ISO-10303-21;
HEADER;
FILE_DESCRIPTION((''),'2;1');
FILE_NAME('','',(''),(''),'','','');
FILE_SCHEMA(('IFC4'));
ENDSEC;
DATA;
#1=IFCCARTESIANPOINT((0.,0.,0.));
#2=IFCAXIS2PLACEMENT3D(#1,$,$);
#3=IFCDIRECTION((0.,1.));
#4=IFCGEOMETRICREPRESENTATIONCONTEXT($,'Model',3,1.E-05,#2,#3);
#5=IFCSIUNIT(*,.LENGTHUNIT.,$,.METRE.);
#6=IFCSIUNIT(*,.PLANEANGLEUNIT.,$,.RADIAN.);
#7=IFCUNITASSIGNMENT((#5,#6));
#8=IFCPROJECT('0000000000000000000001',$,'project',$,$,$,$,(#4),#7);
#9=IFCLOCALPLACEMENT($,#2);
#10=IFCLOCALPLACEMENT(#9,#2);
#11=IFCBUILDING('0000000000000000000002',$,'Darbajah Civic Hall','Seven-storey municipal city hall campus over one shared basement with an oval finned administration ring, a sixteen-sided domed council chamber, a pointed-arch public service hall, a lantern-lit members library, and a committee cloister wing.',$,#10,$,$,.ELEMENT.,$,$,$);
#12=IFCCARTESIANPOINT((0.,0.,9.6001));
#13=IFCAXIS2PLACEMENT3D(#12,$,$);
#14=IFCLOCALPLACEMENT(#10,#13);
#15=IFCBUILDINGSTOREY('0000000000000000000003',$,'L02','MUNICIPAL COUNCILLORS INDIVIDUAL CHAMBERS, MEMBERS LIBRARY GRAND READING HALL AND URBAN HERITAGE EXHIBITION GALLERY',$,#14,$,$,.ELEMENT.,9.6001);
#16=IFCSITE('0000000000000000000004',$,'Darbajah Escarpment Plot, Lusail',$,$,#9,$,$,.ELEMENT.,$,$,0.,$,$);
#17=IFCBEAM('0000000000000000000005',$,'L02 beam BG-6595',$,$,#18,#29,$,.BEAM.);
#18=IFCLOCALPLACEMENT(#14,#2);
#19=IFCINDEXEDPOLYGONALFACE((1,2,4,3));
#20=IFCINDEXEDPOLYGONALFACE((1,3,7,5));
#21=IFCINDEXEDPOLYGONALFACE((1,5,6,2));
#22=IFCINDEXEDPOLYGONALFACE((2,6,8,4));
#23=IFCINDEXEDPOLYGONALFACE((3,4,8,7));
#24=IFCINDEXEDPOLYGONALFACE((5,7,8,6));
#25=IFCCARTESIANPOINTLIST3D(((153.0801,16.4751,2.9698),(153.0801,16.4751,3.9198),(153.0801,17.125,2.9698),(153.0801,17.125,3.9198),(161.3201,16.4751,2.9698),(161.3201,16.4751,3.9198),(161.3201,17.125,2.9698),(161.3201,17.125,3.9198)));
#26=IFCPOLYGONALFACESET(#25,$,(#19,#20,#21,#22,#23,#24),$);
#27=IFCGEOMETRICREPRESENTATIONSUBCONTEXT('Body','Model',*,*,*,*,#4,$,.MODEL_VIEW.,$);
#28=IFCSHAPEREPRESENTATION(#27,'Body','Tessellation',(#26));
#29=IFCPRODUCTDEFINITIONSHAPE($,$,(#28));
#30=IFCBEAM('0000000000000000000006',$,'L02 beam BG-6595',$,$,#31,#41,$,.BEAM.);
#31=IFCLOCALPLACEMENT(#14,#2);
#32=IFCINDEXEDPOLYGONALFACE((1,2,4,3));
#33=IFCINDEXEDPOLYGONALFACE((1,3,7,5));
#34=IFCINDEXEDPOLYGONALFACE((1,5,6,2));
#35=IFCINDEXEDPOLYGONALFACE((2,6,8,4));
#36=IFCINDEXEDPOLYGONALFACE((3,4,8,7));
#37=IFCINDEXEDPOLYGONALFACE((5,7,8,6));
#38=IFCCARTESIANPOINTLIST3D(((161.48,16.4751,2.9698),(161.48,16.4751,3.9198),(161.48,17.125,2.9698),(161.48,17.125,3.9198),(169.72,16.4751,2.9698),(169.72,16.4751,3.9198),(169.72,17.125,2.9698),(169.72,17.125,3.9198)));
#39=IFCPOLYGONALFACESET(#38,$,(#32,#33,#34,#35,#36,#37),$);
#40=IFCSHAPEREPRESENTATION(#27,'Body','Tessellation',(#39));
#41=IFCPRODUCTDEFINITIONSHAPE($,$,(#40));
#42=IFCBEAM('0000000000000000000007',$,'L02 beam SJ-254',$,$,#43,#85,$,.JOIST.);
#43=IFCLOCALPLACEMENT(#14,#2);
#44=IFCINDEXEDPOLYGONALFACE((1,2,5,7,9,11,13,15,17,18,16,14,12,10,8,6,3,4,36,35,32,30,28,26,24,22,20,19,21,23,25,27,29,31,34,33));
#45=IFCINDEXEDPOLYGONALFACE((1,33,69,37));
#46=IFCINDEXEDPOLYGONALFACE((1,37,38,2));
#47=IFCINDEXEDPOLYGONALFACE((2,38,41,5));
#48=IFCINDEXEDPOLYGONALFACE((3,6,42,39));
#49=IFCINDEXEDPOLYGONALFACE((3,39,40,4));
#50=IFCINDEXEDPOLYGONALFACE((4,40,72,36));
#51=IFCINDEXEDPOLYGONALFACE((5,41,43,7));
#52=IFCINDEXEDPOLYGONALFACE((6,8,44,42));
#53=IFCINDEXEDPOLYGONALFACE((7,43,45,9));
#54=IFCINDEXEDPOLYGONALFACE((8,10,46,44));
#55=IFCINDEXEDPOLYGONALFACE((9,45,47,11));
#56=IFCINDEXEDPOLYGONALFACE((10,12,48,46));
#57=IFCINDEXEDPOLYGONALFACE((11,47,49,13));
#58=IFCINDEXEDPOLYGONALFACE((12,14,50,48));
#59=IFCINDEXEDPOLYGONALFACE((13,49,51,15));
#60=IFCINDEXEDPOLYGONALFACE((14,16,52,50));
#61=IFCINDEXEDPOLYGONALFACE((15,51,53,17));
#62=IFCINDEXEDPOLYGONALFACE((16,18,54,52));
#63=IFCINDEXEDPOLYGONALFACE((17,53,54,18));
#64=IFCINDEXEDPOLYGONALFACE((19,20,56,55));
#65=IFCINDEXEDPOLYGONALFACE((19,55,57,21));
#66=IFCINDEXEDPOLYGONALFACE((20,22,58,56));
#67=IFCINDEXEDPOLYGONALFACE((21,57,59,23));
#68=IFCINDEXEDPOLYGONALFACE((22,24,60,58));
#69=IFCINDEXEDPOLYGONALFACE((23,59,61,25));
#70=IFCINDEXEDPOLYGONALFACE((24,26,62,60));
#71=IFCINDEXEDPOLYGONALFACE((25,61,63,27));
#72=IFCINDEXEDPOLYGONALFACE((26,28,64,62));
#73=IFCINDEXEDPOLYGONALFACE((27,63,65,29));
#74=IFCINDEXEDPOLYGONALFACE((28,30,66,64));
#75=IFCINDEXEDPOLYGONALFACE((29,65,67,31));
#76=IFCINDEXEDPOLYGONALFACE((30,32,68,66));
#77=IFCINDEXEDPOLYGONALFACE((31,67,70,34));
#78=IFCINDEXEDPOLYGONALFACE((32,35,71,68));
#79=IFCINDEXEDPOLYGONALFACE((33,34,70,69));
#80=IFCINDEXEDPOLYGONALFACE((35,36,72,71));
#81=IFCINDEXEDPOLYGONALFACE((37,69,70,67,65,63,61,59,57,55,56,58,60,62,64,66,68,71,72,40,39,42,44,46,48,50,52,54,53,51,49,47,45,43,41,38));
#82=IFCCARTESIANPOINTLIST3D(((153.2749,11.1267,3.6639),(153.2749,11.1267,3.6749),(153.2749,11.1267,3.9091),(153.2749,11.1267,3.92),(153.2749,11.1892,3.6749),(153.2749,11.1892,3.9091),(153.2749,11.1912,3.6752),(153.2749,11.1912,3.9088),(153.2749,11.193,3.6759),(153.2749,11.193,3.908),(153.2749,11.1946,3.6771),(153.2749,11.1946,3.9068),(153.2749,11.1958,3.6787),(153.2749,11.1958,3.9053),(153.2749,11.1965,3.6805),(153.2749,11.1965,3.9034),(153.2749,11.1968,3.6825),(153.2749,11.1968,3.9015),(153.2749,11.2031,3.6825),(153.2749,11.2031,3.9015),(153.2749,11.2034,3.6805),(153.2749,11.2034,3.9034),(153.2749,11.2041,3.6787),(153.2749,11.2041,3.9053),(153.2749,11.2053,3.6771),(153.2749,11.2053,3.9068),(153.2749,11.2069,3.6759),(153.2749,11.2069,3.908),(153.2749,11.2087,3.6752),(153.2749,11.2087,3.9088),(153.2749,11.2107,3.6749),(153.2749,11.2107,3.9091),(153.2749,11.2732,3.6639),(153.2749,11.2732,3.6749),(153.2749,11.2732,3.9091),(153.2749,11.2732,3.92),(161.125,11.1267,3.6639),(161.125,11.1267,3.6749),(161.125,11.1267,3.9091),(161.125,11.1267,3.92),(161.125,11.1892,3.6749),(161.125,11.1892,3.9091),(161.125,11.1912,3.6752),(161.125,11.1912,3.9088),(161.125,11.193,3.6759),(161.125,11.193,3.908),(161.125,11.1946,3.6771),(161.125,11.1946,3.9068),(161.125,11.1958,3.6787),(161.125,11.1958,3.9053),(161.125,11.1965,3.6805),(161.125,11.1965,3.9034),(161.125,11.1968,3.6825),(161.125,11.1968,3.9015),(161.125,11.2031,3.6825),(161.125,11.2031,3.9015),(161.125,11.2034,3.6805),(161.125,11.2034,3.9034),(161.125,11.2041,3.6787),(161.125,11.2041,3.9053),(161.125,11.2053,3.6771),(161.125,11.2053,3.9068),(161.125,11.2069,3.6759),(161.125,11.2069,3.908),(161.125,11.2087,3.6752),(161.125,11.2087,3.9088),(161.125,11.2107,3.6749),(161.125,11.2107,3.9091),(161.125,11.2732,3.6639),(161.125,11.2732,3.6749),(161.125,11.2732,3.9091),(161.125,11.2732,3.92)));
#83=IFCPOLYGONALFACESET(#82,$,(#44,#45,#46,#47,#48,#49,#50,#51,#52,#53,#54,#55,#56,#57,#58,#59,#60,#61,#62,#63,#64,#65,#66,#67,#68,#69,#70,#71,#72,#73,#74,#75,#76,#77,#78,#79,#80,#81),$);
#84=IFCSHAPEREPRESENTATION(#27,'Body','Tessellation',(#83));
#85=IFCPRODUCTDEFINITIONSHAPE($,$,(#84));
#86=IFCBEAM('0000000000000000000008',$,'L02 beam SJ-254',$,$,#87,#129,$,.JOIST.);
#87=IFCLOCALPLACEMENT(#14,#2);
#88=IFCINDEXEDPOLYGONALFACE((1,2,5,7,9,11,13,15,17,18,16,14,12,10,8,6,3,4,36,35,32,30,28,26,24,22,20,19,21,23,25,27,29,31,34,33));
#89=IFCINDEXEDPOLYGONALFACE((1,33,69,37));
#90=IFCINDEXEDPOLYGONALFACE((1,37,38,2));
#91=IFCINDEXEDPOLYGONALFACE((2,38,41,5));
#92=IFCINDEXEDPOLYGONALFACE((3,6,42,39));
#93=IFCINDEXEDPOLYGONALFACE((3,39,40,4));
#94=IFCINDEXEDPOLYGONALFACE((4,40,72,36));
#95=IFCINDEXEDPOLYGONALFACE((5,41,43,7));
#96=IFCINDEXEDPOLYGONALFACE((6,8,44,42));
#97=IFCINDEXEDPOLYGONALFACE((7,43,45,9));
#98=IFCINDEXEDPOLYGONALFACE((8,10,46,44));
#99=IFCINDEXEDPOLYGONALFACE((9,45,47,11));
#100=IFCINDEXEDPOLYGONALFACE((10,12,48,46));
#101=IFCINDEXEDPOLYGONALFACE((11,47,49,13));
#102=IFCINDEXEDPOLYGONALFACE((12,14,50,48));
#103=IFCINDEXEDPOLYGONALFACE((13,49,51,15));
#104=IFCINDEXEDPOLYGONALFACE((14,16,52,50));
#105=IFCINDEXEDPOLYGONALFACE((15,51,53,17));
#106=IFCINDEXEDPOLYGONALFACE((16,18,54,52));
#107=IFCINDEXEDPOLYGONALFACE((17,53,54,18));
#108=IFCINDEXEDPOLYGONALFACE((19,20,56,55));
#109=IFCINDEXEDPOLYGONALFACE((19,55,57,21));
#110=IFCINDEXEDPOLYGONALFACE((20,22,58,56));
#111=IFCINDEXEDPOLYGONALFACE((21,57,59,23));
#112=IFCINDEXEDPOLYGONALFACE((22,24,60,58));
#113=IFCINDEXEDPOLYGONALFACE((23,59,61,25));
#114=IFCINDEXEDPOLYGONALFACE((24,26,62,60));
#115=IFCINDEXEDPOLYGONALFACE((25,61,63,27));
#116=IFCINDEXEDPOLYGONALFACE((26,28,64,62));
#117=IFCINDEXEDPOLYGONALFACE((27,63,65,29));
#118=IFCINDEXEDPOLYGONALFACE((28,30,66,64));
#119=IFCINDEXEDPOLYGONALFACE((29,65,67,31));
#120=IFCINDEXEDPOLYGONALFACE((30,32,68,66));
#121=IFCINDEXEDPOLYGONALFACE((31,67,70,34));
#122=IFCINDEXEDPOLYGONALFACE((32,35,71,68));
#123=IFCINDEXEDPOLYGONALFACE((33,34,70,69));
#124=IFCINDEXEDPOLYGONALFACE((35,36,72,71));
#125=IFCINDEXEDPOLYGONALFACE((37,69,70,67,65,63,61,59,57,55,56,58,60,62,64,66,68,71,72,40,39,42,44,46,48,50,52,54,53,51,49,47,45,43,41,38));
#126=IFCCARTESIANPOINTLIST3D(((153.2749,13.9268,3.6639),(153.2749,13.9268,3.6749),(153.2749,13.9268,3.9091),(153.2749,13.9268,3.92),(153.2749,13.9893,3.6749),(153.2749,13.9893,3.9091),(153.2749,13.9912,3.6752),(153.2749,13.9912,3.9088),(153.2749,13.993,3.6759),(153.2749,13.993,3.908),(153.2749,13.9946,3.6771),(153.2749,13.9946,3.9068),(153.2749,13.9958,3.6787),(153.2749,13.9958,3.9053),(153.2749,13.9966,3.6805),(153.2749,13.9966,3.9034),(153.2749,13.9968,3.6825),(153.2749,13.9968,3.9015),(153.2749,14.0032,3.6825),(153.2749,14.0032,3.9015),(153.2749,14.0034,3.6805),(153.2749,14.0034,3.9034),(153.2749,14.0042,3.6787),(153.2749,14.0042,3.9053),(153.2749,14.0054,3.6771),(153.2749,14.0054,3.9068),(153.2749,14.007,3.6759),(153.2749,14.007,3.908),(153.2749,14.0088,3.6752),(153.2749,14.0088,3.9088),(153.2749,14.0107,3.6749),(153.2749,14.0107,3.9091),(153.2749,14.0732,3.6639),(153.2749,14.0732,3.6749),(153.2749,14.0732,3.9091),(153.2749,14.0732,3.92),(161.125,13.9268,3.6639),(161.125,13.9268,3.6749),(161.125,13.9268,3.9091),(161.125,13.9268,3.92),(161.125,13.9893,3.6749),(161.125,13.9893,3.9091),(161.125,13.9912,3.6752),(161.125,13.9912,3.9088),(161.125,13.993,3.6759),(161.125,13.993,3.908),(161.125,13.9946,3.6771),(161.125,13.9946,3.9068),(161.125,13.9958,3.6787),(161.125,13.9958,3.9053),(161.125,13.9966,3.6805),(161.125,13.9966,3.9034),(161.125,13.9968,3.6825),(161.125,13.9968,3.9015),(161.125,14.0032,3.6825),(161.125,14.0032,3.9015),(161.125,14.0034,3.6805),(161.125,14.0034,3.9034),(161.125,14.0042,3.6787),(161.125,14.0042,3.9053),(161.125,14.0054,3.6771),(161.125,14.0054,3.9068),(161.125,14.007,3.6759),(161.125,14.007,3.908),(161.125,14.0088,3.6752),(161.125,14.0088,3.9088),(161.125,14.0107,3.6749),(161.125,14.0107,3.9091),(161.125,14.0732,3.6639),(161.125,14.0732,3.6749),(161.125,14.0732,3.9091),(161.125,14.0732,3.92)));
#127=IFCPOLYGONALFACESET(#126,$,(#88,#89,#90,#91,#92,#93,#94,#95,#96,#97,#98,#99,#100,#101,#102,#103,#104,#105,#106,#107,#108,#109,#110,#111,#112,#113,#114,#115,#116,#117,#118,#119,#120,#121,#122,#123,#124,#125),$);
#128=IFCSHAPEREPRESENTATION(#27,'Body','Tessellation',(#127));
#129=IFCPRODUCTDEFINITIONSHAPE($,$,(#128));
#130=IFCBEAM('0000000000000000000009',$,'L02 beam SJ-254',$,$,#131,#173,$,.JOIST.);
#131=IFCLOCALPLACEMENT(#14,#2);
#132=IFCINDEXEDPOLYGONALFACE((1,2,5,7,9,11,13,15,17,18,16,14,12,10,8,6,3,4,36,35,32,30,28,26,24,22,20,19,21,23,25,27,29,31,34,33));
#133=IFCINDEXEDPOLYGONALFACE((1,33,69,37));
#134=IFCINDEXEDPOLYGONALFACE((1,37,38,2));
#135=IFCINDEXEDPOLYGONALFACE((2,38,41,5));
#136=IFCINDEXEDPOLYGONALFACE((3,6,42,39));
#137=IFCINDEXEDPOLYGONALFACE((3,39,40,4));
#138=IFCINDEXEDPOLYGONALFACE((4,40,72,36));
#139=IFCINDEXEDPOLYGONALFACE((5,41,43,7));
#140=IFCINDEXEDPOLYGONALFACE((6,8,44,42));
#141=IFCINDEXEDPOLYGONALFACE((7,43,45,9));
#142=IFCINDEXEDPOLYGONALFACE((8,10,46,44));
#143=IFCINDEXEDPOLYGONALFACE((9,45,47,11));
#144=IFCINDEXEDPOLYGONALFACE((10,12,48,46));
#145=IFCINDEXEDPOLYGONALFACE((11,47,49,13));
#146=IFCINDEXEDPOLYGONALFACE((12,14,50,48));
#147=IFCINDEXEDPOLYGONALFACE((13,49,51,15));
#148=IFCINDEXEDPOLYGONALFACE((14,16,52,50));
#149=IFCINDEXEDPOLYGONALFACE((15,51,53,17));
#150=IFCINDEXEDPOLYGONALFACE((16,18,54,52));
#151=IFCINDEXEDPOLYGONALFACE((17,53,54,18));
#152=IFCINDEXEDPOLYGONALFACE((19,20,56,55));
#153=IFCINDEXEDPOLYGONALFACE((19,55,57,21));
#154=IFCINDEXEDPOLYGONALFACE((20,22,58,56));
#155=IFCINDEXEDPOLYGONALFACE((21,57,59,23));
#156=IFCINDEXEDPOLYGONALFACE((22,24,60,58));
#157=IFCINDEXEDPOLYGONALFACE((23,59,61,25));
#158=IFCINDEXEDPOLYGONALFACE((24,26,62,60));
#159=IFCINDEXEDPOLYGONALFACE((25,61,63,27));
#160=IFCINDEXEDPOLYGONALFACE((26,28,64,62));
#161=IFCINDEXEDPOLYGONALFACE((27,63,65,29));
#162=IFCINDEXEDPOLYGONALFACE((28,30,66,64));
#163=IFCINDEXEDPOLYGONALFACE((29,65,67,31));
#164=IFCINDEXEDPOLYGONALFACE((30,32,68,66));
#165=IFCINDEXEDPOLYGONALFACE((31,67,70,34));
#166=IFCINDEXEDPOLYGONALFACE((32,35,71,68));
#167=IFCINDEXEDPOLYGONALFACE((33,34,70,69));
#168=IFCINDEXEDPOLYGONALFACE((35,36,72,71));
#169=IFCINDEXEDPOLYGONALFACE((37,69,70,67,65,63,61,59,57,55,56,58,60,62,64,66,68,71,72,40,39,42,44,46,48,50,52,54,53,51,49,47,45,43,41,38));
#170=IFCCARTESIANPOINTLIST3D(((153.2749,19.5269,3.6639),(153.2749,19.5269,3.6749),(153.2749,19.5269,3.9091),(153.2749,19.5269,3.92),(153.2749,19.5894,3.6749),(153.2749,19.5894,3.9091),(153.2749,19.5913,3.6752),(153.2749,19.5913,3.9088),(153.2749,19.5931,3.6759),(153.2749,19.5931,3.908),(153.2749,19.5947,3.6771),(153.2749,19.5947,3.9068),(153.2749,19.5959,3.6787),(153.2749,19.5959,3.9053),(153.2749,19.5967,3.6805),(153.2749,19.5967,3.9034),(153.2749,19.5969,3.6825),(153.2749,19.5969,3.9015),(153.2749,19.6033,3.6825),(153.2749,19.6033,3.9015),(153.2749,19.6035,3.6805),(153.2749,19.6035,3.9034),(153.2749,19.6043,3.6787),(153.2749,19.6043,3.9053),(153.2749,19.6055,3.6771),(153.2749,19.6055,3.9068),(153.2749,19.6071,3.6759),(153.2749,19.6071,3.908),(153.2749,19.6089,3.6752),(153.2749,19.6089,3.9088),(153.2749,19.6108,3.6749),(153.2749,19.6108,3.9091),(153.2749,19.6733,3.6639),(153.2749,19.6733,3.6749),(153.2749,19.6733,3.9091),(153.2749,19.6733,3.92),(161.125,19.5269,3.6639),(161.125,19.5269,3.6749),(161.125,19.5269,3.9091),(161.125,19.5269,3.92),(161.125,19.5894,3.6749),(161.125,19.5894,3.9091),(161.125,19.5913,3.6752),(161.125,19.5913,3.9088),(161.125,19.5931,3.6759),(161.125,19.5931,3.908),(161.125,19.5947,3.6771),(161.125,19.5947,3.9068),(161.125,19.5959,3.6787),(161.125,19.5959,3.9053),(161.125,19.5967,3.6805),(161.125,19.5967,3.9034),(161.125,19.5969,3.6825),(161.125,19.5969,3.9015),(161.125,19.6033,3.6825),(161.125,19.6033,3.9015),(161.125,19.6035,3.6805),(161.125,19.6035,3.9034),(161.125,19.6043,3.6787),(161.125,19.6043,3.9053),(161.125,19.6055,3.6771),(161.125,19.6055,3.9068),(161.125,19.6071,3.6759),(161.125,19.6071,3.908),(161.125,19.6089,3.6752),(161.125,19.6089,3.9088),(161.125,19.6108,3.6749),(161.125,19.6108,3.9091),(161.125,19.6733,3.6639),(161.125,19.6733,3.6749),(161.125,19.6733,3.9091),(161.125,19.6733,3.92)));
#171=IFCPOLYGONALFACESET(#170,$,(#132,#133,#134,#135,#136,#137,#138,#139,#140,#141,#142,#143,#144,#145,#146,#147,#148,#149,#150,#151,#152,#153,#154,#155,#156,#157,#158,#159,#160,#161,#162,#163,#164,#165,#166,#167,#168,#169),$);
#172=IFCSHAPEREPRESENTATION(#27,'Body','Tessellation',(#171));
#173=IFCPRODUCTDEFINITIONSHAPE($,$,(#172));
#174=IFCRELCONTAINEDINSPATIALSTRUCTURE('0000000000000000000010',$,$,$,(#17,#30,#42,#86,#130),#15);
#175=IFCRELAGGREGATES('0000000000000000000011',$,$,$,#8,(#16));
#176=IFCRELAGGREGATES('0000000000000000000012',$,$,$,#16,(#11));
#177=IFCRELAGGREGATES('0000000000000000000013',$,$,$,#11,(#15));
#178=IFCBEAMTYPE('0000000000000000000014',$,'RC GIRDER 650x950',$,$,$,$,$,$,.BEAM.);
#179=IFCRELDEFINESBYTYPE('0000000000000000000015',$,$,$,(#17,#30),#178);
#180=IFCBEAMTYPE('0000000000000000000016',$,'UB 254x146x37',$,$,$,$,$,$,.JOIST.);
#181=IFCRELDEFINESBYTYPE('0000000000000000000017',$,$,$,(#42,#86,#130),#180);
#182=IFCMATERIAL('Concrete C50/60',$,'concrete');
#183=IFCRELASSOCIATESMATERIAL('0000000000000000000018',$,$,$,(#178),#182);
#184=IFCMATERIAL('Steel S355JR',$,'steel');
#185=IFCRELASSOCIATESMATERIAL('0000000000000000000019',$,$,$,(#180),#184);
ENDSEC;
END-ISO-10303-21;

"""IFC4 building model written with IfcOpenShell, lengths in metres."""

from ifc_helpers import new_model, si_unit, direction, frame, origin, origin_2d, place, context, subcontext, project, spatial, rectangle, i_section, extrude, material, material_profile, profile_set, type_object, element, save


model = new_model("IFC4")

# Units and contexts
model_context = context("Model", 3, precision=1e-05, world=origin(), true_north=direction((0.0, 1.0)))
body_context = subcontext(model_context, "Body", "Model", "MODEL_VIEW")
ifc_project = project(units=[si_unit("LENGTHUNIT", "METRE"), si_unit("PLANEANGLEUNIT", "RADIAN")], contexts=[model_context])

# Site, building, storey
site_placement = place(None, origin())
site = spatial("IfcSite", under=ifc_project, at=site_placement, Name="Darbajah Escarpment Plot, Lusail", CompositionType="ELEMENT", RefElevation=0.0)
building_placement = place(site_placement, origin())
building = spatial("IfcBuilding", under=site, at=building_placement, Name="Darbajah Civic Hall", Description="Seven-storey municipal city hall campus over one shared basement with an oval finned administration ring, a sixteen-sided domed council chamber, a pointed-arch public service hall, a lantern-lit members library, and a committee cloister wing.", CompositionType="ELEMENT")
storey_placement = place(building_placement, frame((0.0, 0.0, 9.6001)))
storey = spatial("IfcBuildingStorey", under=building, at=storey_placement, Name="L02", Description="MUNICIPAL COUNCILLORS INDIVIDUAL CHAMBERS, MEMBERS LIBRARY GRAND READING HALL AND URBAN HERITAGE EXHIBITION GALLERY", CompositionType="ELEMENT", Elevation=9.6001)

# Shared definitions
ifc_material_1 = material(Name="Steel S355JR", Category="steel")

# Beams
ifc_material_2 = material(Name="Concrete C50/60", Category="concrete")
ifc_material_profile_1 = material_profile(ifc_material_2, rectangle(XDim=0.6499, YDim=0.95, at=origin_2d()), Name="RC GIRDER 650x950")
ifc_profile_set_1 = profile_set([ifc_material_profile_1], Name="Concrete C50/60")
beam_type_1 = type_object("IfcBeamType", Name="RC GIRDER 650x950", PredefinedType="BEAM", material=ifc_profile_set_1)
for number, where, z_axis, x_axis, name in (
    (1, (153.0801, 16.8, 3.4448), (1.0, 0.0, 0.0), (0.0, 1.0, 0.0), "L02 beam BG-6595"),
    (2, (161.48, 16.8, 3.4448), (1.0, 0.0, 0.0), (0.0, 1.0, 0.0), "L02 beam BG-6595"),
):
    element("IfcBeam", number, at=place(storey_placement, frame(where, z_axis=z_axis, x_axis=x_axis)), inside=storey, type_object=beam_type_1, Name=name, PredefinedType="BEAM", context=body_context, shape_type="SweptSolid", body=[
        extrude(rectangle(XDim=0.6499, YDim=0.95, at=origin_2d()), origin(), (0.0, 0.0, 1.0), 8.24),
    ])
ifc_material_profile_2 = material_profile(ifc_material_1, i_section(OverallWidth=0.1465, OverallDepth=0.2561, WebThickness=0.0063, FlangeThickness=0.011, FilletRadius=0.0076, at=origin_2d()), Name="UB 254x146x37")
ifc_profile_set_2 = profile_set([ifc_material_profile_2], Name="Steel S355JR")
beam_type_2 = type_object("IfcBeamType", Name="UB 254x146x37", PredefinedType="JOIST", material=ifc_profile_set_2)
for number, where, z_axis, x_axis, name in (
    (3, (153.2749, 11.2, 3.792), (1.0, 0.0, 0.0), (0.0, 1.0, 0.0), "L02 beam SJ-254"),
    (4, (153.2749, 14.0, 3.792), (1.0, 0.0, 0.0), (0.0, 1.0, 0.0), "L02 beam SJ-254"),
    (5, (153.2749, 19.6001, 3.792), (1.0, 0.0, 0.0), (0.0, 1.0, 0.0), "L02 beam SJ-254"),
):
    element("IfcBeam", number, at=place(storey_placement, frame(where, z_axis=z_axis, x_axis=x_axis)), inside=storey, type_object=beam_type_2, Name=name, PredefinedType="JOIST", context=body_context, shape_type="SweptSolid", body=[
        extrude(i_section(OverallWidth=0.1465, OverallDepth=0.2561, WebThickness=0.0063, FlangeThickness=0.011, FilletRadius=0.0076, at=origin_2d()), origin(), (0.0, 0.0, 1.0), 7.8501),
    ])

save(model, "model.ifc")
